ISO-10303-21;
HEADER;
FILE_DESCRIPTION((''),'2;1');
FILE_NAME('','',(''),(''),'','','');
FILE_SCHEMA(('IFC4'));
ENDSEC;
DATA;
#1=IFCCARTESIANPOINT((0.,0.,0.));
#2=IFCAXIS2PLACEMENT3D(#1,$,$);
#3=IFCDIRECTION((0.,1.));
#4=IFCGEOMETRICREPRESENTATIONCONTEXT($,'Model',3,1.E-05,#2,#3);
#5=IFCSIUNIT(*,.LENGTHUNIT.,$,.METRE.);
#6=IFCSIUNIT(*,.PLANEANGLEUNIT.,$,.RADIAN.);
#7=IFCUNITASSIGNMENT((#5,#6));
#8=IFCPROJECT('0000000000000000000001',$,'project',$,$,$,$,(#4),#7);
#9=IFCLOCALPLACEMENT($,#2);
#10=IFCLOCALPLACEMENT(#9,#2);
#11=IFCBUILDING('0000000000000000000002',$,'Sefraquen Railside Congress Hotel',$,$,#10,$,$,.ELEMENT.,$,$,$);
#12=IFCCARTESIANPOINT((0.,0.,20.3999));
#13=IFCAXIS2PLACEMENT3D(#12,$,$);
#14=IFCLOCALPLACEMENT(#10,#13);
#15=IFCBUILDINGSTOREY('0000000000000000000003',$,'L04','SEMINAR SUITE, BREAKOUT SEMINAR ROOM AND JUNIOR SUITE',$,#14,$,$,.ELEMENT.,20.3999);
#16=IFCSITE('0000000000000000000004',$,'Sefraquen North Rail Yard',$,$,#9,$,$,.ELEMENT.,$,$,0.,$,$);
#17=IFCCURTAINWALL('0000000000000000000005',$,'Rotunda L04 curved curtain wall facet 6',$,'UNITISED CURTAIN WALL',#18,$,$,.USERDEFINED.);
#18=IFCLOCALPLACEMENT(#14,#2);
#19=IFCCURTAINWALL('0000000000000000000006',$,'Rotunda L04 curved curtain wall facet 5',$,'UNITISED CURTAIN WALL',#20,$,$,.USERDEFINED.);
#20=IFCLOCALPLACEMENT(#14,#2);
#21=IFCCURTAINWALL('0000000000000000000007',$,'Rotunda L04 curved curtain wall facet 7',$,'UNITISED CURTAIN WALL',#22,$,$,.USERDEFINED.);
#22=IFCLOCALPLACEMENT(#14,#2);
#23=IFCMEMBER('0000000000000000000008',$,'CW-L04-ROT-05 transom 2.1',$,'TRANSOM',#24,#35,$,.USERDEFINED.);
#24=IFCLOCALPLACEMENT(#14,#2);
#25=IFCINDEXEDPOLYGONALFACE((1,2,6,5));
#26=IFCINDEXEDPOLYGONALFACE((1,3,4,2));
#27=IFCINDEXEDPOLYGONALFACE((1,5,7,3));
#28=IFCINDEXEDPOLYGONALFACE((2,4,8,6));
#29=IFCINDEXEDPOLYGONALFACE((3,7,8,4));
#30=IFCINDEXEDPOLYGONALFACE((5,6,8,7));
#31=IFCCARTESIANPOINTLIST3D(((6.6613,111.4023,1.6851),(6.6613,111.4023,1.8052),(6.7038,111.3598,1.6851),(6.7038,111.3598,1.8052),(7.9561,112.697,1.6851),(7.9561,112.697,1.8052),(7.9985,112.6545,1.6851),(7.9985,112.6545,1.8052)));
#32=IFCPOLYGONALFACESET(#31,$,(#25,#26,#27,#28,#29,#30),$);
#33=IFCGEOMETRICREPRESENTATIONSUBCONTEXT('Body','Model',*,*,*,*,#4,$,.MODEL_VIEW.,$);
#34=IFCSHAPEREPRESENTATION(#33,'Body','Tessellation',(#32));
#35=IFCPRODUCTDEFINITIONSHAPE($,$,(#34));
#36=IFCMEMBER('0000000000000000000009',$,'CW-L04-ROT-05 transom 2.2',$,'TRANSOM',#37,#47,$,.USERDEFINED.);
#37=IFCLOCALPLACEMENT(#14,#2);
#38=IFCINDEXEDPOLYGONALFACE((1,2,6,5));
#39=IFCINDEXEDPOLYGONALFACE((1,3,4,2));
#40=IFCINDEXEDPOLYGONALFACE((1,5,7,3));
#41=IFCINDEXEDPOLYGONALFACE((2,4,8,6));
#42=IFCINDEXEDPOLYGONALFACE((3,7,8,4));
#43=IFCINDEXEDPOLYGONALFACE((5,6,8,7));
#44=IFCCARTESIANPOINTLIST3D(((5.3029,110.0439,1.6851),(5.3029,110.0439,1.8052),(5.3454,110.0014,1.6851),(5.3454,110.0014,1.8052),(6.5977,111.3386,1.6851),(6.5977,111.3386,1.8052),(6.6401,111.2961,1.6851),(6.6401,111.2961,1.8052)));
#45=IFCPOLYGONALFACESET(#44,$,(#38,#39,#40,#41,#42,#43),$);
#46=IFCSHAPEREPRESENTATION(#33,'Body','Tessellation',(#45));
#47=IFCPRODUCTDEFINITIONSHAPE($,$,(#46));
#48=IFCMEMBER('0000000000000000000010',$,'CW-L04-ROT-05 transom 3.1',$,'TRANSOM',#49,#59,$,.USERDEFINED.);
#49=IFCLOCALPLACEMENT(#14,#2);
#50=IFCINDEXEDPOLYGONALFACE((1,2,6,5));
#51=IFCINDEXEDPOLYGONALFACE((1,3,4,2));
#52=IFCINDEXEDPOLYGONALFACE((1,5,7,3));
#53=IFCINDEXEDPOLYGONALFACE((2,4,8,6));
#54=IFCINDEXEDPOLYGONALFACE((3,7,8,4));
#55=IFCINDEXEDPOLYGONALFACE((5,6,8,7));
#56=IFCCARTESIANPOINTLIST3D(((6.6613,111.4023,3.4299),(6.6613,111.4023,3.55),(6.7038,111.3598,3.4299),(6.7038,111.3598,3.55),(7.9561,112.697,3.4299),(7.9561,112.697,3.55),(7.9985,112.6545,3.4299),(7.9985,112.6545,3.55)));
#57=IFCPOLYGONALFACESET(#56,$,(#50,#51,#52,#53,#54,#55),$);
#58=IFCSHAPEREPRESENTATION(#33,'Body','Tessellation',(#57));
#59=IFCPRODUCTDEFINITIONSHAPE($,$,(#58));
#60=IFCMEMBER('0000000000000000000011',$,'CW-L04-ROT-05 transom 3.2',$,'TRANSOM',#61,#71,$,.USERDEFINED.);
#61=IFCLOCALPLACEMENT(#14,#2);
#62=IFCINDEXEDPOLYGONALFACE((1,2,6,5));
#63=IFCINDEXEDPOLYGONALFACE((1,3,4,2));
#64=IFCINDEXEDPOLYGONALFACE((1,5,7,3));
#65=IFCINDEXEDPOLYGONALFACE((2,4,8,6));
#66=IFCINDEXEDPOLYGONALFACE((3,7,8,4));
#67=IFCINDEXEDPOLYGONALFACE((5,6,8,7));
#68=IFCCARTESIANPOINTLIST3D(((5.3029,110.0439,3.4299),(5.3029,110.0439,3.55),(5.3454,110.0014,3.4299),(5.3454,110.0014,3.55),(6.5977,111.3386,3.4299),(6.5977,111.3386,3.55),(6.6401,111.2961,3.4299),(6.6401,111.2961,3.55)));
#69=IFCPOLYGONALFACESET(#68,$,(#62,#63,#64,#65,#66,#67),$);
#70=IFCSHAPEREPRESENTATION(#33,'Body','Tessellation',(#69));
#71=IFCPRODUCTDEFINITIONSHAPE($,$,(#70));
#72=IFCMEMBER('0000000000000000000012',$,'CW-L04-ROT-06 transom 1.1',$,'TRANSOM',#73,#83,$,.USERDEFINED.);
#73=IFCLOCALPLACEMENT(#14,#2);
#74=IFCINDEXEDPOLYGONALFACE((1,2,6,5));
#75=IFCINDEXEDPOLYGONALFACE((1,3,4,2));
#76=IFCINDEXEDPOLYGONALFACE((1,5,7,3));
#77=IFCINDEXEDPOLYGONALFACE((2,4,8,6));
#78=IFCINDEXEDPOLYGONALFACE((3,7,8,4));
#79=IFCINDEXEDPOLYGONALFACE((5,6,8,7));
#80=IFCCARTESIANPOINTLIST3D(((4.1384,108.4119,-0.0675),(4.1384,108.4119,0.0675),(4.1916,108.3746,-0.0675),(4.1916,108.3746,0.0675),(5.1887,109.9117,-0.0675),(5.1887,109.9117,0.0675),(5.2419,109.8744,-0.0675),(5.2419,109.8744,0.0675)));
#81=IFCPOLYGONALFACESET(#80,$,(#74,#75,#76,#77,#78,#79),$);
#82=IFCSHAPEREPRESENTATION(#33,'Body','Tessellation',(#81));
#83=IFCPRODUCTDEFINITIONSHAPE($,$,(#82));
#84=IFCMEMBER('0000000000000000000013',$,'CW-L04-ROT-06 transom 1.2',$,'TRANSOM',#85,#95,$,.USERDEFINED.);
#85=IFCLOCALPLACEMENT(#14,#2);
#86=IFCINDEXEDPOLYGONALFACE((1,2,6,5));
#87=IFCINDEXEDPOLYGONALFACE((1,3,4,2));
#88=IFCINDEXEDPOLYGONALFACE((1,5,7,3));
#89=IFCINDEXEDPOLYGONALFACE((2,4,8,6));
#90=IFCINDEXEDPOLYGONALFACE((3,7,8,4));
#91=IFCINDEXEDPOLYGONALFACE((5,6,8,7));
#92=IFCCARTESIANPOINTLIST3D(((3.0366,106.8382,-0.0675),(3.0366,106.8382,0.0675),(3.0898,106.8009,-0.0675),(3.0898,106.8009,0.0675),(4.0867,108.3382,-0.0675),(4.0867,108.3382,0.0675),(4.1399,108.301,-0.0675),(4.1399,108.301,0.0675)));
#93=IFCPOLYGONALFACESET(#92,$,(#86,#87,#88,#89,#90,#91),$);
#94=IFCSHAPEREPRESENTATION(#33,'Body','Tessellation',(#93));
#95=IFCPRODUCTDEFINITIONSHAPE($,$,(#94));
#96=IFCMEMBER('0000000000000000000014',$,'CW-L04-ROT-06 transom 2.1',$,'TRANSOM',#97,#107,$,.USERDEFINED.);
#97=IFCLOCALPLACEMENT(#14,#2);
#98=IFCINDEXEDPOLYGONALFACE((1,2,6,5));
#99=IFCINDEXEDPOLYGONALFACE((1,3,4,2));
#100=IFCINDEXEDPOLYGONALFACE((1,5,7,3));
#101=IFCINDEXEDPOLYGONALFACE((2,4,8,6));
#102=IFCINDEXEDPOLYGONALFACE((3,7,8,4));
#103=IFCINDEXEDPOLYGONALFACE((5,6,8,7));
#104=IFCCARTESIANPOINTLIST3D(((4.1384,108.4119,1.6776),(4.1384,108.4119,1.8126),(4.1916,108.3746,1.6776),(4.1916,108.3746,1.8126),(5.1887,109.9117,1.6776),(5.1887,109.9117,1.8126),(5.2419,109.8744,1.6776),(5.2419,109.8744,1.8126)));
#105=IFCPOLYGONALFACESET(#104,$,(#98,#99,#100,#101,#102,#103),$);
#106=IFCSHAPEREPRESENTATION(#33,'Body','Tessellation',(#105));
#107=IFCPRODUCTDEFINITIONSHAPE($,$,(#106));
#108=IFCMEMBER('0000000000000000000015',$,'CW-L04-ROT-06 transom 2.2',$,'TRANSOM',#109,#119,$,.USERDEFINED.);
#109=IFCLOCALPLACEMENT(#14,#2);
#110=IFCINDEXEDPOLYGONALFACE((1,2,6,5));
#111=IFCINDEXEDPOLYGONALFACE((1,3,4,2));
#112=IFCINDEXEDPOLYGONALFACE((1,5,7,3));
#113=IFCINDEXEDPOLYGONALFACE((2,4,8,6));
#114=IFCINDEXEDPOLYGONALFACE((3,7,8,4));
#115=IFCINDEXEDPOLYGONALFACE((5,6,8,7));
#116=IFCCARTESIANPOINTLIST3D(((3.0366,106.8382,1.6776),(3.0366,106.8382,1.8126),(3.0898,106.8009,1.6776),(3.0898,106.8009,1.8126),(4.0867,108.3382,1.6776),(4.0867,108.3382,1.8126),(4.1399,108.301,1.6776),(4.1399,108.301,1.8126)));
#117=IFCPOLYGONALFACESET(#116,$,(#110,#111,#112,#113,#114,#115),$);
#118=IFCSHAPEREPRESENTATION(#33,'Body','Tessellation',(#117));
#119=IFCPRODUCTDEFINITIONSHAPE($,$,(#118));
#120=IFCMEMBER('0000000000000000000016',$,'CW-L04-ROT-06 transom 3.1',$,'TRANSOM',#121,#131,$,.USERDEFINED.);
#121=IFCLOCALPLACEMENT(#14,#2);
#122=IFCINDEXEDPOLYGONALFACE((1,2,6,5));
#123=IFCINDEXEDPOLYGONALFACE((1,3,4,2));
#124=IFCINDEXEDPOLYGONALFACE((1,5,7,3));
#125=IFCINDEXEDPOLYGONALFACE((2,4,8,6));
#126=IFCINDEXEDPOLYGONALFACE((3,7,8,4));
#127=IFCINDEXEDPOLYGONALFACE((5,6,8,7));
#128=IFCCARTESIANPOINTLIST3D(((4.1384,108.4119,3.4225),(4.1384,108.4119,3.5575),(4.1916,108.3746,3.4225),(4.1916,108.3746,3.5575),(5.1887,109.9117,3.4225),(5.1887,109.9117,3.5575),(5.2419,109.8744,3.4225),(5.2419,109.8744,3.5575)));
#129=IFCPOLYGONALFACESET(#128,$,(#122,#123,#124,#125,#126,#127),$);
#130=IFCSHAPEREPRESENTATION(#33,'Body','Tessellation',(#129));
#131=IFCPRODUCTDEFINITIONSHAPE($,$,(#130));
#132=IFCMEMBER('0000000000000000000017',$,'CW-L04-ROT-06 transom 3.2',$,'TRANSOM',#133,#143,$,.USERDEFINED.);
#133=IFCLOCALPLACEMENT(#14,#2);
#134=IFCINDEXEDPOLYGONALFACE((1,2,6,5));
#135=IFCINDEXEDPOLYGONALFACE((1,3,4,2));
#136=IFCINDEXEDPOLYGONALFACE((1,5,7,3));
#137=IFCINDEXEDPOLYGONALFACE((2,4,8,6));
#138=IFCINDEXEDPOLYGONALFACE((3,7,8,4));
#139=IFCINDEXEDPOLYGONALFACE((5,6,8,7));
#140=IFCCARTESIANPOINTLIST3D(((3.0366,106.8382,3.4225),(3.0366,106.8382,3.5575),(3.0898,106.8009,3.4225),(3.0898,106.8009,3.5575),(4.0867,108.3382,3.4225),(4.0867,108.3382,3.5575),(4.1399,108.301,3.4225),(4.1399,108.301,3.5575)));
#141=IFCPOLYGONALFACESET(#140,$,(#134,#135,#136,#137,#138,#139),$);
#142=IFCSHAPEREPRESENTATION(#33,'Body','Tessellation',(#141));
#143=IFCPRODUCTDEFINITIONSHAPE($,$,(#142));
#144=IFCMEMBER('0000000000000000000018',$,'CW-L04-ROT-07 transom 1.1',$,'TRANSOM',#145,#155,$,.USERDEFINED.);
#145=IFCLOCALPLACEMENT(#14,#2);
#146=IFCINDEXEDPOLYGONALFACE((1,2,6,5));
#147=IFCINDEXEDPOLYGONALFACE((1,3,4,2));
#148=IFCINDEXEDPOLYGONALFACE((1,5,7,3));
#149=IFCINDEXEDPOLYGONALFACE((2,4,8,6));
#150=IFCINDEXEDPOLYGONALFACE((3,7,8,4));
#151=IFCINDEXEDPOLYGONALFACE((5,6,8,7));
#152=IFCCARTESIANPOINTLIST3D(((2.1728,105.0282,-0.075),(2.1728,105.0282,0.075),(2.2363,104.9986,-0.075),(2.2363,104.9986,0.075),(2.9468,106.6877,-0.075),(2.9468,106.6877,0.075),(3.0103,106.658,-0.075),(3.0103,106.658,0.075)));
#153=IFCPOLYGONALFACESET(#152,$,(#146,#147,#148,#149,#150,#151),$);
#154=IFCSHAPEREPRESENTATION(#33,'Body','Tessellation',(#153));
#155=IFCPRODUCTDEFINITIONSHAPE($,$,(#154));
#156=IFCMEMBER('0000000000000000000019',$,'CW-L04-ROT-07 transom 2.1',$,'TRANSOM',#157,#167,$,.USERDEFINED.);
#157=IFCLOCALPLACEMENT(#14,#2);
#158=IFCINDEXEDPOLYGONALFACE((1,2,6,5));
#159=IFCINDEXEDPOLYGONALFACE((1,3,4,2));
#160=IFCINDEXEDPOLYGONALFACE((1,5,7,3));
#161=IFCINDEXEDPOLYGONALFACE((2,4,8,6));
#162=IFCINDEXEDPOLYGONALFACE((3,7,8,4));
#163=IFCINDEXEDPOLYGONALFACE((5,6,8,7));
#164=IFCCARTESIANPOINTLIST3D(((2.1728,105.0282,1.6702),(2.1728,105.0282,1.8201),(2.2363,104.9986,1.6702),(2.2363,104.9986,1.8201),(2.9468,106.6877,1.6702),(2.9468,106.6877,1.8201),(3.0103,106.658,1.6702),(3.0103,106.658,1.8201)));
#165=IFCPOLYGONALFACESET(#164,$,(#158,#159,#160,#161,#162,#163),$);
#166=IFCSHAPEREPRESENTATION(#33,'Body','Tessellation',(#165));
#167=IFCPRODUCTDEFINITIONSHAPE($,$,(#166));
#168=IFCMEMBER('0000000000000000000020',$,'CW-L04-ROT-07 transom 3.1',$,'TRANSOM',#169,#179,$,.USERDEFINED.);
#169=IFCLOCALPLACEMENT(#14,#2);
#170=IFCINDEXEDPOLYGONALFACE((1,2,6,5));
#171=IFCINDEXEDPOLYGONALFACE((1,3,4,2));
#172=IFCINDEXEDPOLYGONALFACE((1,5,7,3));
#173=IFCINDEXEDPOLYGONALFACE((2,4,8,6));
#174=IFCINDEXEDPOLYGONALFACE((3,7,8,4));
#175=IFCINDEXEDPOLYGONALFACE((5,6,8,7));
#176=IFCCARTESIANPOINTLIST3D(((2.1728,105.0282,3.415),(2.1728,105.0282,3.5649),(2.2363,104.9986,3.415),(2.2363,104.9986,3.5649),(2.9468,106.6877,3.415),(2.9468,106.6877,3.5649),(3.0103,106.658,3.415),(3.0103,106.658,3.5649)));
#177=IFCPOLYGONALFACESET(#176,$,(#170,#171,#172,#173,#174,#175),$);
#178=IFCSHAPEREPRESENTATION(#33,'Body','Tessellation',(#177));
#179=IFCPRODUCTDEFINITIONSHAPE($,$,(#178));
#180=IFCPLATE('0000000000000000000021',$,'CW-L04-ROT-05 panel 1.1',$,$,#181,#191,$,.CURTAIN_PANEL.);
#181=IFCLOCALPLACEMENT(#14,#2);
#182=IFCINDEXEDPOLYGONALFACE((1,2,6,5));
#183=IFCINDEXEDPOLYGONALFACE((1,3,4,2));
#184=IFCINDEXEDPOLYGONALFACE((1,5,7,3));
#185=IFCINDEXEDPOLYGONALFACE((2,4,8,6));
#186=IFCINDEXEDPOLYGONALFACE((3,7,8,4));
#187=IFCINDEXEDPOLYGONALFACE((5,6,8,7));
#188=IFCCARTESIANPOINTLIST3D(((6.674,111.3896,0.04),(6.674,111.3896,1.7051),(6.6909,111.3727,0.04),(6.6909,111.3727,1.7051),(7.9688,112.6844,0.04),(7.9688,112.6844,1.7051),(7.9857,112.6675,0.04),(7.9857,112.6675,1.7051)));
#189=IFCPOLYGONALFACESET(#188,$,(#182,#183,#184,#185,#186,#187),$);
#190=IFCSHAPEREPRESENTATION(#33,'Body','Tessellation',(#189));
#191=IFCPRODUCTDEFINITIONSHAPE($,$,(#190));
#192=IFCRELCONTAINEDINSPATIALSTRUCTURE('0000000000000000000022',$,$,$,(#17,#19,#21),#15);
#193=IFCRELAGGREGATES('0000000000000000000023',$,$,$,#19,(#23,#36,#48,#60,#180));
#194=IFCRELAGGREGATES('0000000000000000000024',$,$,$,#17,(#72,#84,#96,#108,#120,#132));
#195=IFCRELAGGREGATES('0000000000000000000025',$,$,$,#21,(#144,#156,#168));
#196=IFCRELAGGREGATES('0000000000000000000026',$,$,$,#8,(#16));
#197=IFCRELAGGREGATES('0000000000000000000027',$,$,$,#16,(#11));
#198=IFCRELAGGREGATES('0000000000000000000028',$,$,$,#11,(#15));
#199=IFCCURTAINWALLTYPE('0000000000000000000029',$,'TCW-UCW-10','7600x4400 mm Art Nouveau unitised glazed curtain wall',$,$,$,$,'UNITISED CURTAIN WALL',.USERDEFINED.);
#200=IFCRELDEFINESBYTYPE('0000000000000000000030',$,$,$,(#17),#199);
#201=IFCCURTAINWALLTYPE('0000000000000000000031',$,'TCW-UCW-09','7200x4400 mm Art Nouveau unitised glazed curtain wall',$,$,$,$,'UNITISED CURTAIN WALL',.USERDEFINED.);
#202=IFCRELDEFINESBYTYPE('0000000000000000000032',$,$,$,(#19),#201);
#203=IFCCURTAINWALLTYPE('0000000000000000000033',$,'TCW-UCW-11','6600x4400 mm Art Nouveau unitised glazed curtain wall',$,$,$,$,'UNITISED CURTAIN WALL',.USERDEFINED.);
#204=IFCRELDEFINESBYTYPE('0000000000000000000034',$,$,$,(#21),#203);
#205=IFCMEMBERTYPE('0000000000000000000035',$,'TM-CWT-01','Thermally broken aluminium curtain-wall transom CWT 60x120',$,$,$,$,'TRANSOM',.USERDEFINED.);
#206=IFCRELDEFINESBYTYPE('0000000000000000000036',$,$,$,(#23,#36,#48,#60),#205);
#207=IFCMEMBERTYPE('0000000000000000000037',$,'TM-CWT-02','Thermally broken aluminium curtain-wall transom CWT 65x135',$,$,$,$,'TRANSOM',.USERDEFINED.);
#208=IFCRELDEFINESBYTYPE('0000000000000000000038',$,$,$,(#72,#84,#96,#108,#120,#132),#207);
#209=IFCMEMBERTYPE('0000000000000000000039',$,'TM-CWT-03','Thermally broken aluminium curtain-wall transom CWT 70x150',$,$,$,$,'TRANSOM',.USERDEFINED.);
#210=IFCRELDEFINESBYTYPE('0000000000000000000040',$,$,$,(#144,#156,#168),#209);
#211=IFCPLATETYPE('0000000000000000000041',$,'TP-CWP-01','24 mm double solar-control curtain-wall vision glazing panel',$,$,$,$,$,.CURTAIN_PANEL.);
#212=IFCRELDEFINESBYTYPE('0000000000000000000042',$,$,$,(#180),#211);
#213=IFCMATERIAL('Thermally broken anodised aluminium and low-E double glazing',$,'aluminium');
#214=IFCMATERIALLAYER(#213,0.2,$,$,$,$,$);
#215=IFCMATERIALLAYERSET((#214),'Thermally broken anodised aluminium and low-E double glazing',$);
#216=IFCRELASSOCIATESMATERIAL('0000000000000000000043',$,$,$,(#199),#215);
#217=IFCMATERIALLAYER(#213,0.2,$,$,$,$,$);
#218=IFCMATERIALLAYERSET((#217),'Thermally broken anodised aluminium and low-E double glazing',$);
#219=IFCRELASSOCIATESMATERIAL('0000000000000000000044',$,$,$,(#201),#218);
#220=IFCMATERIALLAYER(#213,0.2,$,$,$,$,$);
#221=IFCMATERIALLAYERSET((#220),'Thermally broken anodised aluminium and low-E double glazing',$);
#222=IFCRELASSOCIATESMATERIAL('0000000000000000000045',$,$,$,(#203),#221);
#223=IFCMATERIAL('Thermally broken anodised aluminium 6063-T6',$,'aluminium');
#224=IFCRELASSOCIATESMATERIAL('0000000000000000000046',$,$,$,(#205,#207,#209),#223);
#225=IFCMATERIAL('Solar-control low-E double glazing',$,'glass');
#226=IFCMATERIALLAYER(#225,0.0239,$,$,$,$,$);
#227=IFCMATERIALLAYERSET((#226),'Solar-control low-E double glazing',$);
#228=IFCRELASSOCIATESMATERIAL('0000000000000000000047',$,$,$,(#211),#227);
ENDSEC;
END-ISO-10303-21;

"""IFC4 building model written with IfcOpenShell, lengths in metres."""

from ifc_helpers import new_model, si_unit, direction, frame, origin, origin_2d, place, context, subcontext, project, spatial, rectangle, extrude, material, layer, layer_set, material_profile, profile_set, type_object, element, aggregate, save


model = new_model("IFC4")

# Units and contexts
model_context = context("Model", 3, precision=1e-05, world=origin(), true_north=direction((0.0, 1.0)))
body_context = subcontext(model_context, "Body", "Model", "MODEL_VIEW")
ifc_project = project(units=[si_unit("LENGTHUNIT", "METRE"), si_unit("PLANEANGLEUNIT", "RADIAN")], contexts=[model_context])

# Site, building, storey
site_placement = place(None, origin())
site = spatial("IfcSite", under=ifc_project, at=site_placement, Name="Sefraquen North Rail Yard", CompositionType="ELEMENT", RefElevation=0.0)
building_placement = place(site_placement, origin())
building = spatial("IfcBuilding", under=site, at=building_placement, Name="Sefraquen Railside Congress Hotel", CompositionType="ELEMENT")
storey_placement = place(building_placement, frame((0.0, 0.0, 20.3999)))
storey = spatial("IfcBuildingStorey", under=building, at=storey_placement, Name="L04", Description="SEMINAR SUITE, BREAKOUT SEMINAR ROOM AND JUNIOR SUITE", CompositionType="ELEMENT", Elevation=20.3999)

# Curtain walls
ifc_material_1 = material(Name="Thermally broken anodised aluminium and low-E double glazing", Category="aluminium")
ifc_layer_1 = layer(ifc_material_1, 0.2)
ifc_layer_set_1 = layer_set([ifc_layer_1], Name="Thermally broken anodised aluminium and low-E double glazing")
curtain_wall_type_1 = type_object("IfcCurtainWallType", Name="TCW-UCW-10", Description="7600x4400 mm Art Nouveau unitised glazed curtain wall", ElementType="UNITISED CURTAIN WALL", PredefinedType="USERDEFINED", material=ifc_layer_set_1)
curtain_wall_1_placement = place(storey_placement, origin())
curtain_wall_1 = element("IfcCurtainWall", 1, at=curtain_wall_1_placement, inside=storey, type_object=curtain_wall_type_1, Name="Rotunda L04 curved curtain wall facet 6", ObjectType="UNITISED CURTAIN WALL", PredefinedType="USERDEFINED")
ifc_material_2 = material(Name="Thermally broken anodised aluminium 6063-T6", Category="aluminium")
ifc_layer_2 = layer(ifc_material_1, 0.2)
ifc_layer_set_2 = layer_set([ifc_layer_2], Name="Thermally broken anodised aluminium and low-E double glazing")
curtain_wall_type_2 = type_object("IfcCurtainWallType", Name="TCW-UCW-09", Description="7200x4400 mm Art Nouveau unitised glazed curtain wall", ElementType="UNITISED CURTAIN WALL", PredefinedType="USERDEFINED", material=ifc_layer_set_2)
curtain_wall_2_placement = place(storey_placement, origin())
curtain_wall_2 = element("IfcCurtainWall", 2, at=curtain_wall_2_placement, inside=storey, type_object=curtain_wall_type_2, Name="Rotunda L04 curved curtain wall facet 5", ObjectType="UNITISED CURTAIN WALL", PredefinedType="USERDEFINED")

# Curtain wall
ifc_layer_3 = layer(ifc_material_1, 0.2)
ifc_layer_set_3 = layer_set([ifc_layer_3], Name="Thermally broken anodised aluminium and low-E double glazing")
curtain_wall_type_3 = type_object("IfcCurtainWallType", Name="TCW-UCW-11", Description="6600x4400 mm Art Nouveau unitised glazed curtain wall", ElementType="UNITISED CURTAIN WALL", PredefinedType="USERDEFINED", material=ifc_layer_set_3)
curtain_wall_3_placement = place(storey_placement, origin())
curtain_wall_3 = element("IfcCurtainWall", 3, at=curtain_wall_3_placement, inside=storey, type_object=curtain_wall_type_3, Name="Rotunda L04 curved curtain wall facet 7", ObjectType="UNITISED CURTAIN WALL", PredefinedType="USERDEFINED")

# Members
ifc_material_profile_1 = material_profile(ifc_material_2, rectangle(XDim=0.0601, YDim=0.1201, at=origin_2d()), Name="CWT 60x120")
ifc_profile_set_1 = profile_set([ifc_material_profile_1], Name="Thermally broken anodised aluminium 6063-T6")
member_type_1 = type_object("IfcMemberType", Name="TM-CWT-01", Description="Thermally broken aluminium curtain-wall transom CWT 60x120", ElementType="TRANSOM", PredefinedType="USERDEFINED", material=ifc_profile_set_1)
member_1_placement = place(storey_placement, frame((7.9773, 112.6758, 1.7451), z_axis=(-0.707107, -0.707107, 0.0), x_axis=(0.707107, -0.707107, 0.0)))
member_1 = element("IfcMember", 4, at=member_1_placement, type_object=member_type_1, Name="CW-L04-ROT-05 transom 2.1", ObjectType="TRANSOM", PredefinedType="USERDEFINED", context=body_context, shape_type="SweptSolid", body=[
    extrude(rectangle(XDim=0.0601, YDim=0.1201, at=origin_2d()), origin(), (0.0, 0.0, 1.0), 1.8311),
])
member_2_placement = place(storey_placement, frame((6.6189, 111.3174, 1.7451), z_axis=(-0.707107, -0.707107, 0.0), x_axis=(0.707107, -0.707107, 0.0)))
member_2 = element("IfcMember", 5, at=member_2_placement, type_object=member_type_1, Name="CW-L04-ROT-05 transom 2.2", ObjectType="TRANSOM", PredefinedType="USERDEFINED", context=body_context, shape_type="SweptSolid", body=[
    extrude(rectangle(XDim=0.0601, YDim=0.1201, at=origin_2d()), origin(), (0.0, 0.0, 1.0), 1.8311),
])
member_3_placement = place(storey_placement, frame((7.9773, 112.6758, 3.49), z_axis=(-0.707107, -0.707107, 0.0), x_axis=(0.707107, -0.707107, 0.0)))
member_3 = element("IfcMember", 6, at=member_3_placement, type_object=member_type_1, Name="CW-L04-ROT-05 transom 3.1", ObjectType="TRANSOM", PredefinedType="USERDEFINED", context=body_context, shape_type="SweptSolid", body=[
    extrude(rectangle(XDim=0.0601, YDim=0.1201, at=origin_2d()), origin(), (0.0, 0.0, 1.0), 1.8311),
])
member_4_placement = place(storey_placement, frame((6.6189, 111.3174, 3.49), z_axis=(-0.707107, -0.707107, 0.0), x_axis=(0.707107, -0.707107, 0.0)))
member_4 = element("IfcMember", 7, at=member_4_placement, type_object=member_type_1, Name="CW-L04-ROT-05 transom 3.2", ObjectType="TRANSOM", PredefinedType="USERDEFINED", context=body_context, shape_type="SweptSolid", body=[
    extrude(rectangle(XDim=0.0601, YDim=0.1201, at=origin_2d()), origin(), (0.0, 0.0, 1.0), 1.8311),
])
ifc_material_profile_2 = material_profile(ifc_material_2, rectangle(XDim=0.0649, YDim=0.135, at=origin_2d()), Name="CWT 65x135")
ifc_profile_set_2 = profile_set([ifc_material_profile_2], Name="Thermally broken anodised aluminium 6063-T6")
member_type_2 = type_object("IfcMemberType", Name="TM-CWT-02", Description="Thermally broken aluminium curtain-wall transom CWT 65x135", ElementType="TRANSOM", PredefinedType="USERDEFINED", material=ifc_profile_set_2)
member_5_placement = place(storey_placement, frame((5.2153, 109.8931, 0.0), z_axis=(-0.573632, -0.819113, 0.0), x_axis=(0.819113, -0.573632, 0.0)))
member_5 = element("IfcMember", 8, at=member_5_placement, type_object=member_type_2, Name="CW-L04-ROT-06 transom 1.1", ObjectType="TRANSOM", PredefinedType="USERDEFINED", context=body_context, shape_type="SweptSolid", body=[
    extrude(rectangle(XDim=0.0649, YDim=0.135, at=origin_2d()), origin(), (0.0, 0.0, 1.0), 1.8311),
])
member_6_placement = place(storey_placement, frame((4.1133, 108.3196, 0.0), z_axis=(-0.57348, -0.819219, 0.0), x_axis=(0.819219, -0.57348, 0.0)))
member_6 = element("IfcMember", 9, at=member_6_placement, type_object=member_type_2, Name="CW-L04-ROT-06 transom 1.2", ObjectType="TRANSOM", PredefinedType="USERDEFINED", context=body_context, shape_type="SweptSolid", body=[
    extrude(rectangle(XDim=0.0649, YDim=0.135, at=origin_2d()), origin(), (0.0, 0.0, 1.0), 1.8311),
])
member_7_placement = place(storey_placement, frame((5.2153, 109.8931, 1.7451), z_axis=(-0.573632, -0.819113, 0.0), x_axis=(0.819113, -0.573632, 0.0)))
member_7 = element("IfcMember", 10, at=member_7_placement, type_object=member_type_2, Name="CW-L04-ROT-06 transom 2.1", ObjectType="TRANSOM", PredefinedType="USERDEFINED", context=body_context, shape_type="SweptSolid", body=[
    extrude(rectangle(XDim=0.0649, YDim=0.135, at=origin_2d()), origin(), (0.0, 0.0, 1.0), 1.8311),
])
member_8_placement = place(storey_placement, frame((4.1133, 108.3196, 1.7451), z_axis=(-0.57348, -0.819219, 0.0), x_axis=(0.819219, -0.57348, 0.0)))
member_8 = element("IfcMember", 11, at=member_8_placement, type_object=member_type_2, Name="CW-L04-ROT-06 transom 2.2", ObjectType="TRANSOM", PredefinedType="USERDEFINED", context=body_context, shape_type="SweptSolid", body=[
    extrude(rectangle(XDim=0.0649, YDim=0.135, at=origin_2d()), origin(), (0.0, 0.0, 1.0), 1.8311),
])
member_9_placement = place(storey_placement, frame((5.2153, 109.8931, 3.49), z_axis=(-0.573632, -0.819113, 0.0), x_axis=(0.819113, -0.573632, 0.0)))
member_9 = element("IfcMember", 12, at=member_9_placement, type_object=member_type_2, Name="CW-L04-ROT-06 transom 3.1", ObjectType="TRANSOM", PredefinedType="USERDEFINED", context=body_context, shape_type="SweptSolid", body=[
    extrude(rectangle(XDim=0.0649, YDim=0.135, at=origin_2d()), origin(), (0.0, 0.0, 1.0), 1.8311),
])
member_10_placement = place(storey_placement, frame((4.1133, 108.3196, 3.49), z_axis=(-0.57348, -0.819219, 0.0), x_axis=(0.819219, -0.57348, 0.0)))
member_10 = element("IfcMember", 13, at=member_10_placement, type_object=member_type_2, Name="CW-L04-ROT-06 transom 3.2", ObjectType="TRANSOM", PredefinedType="USERDEFINED", context=body_context, shape_type="SweptSolid", body=[
    extrude(rectangle(XDim=0.0649, YDim=0.135, at=origin_2d()), origin(), (0.0, 0.0, 1.0), 1.8311),
])
ifc_material_profile_3 = material_profile(ifc_material_2, rectangle(XDim=0.0701, YDim=0.1499, at=origin_2d()), Name="CWT 70x150")
ifc_profile_set_3 = profile_set([ifc_material_profile_3], Name="Thermally broken anodised aluminium 6063-T6")
member_type_3 = type_object("IfcMemberType", Name="TM-CWT-03", Description="Thermally broken aluminium curtain-wall transom CWT 70x150", ElementType="TRANSOM", PredefinedType="USERDEFINED", material=ifc_profile_set_3)
member_11_placement = place(storey_placement, frame((2.9785, 106.6729, 0.0), z_axis=(-0.422674, -0.906282, 0.0), x_axis=(0.906282, -0.422674, 0.0)))
member_11 = element("IfcMember", 14, at=member_11_placement, type_object=member_type_3, Name="CW-L04-ROT-07 transom 1.1", ObjectType="TRANSOM", PredefinedType="USERDEFINED", context=body_context, shape_type="SweptSolid", body=[
    extrude(rectangle(XDim=0.0701, YDim=0.1499, at=origin_2d()), origin(), (0.0, 0.0, 1.0), 1.8311),
])
member_12_placement = place(storey_placement, frame((2.9785, 106.6729, 1.7451), z_axis=(-0.422674, -0.906282, 0.0), x_axis=(0.906282, -0.422674, 0.0)))
member_12 = element("IfcMember", 15, at=member_12_placement, type_object=member_type_3, Name="CW-L04-ROT-07 transom 2.1", ObjectType="TRANSOM", PredefinedType="USERDEFINED", context=body_context, shape_type="SweptSolid", body=[
    extrude(rectangle(XDim=0.0701, YDim=0.1499, at=origin_2d()), origin(), (0.0, 0.0, 1.0), 1.8311),
])
member_13_placement = place(storey_placement, frame((2.9785, 106.6729, 3.49), z_axis=(-0.422674, -0.906282, 0.0), x_axis=(0.906282, -0.422674, 0.0)))
member_13 = element("IfcMember", 16, at=member_13_placement, type_object=member_type_3, Name="CW-L04-ROT-07 transom 3.1", ObjectType="TRANSOM", PredefinedType="USERDEFINED", context=body_context, shape_type="SweptSolid", body=[
    extrude(rectangle(XDim=0.0701, YDim=0.1499, at=origin_2d()), origin(), (0.0, 0.0, 1.0), 1.8311),
])

# Plate
ifc_material_3 = material(Name="Solar-control low-E double glazing", Category="glass")
ifc_layer_4 = layer(ifc_material_3, 0.0239)
ifc_layer_set_4 = layer_set([ifc_layer_4], Name="Solar-control low-E double glazing")
plate_type_1 = type_object("IfcPlateType", Name="TP-CWP-01", Description="24 mm double solar-control curtain-wall vision glazing panel", PredefinedType="CURTAIN_PANEL", material=ifc_layer_set_4)
plate_1_placement = place(storey_placement, frame((7.3298, 112.0286, 0.04), z_axis=(0.0, 0.0, 1.0), x_axis=(-0.707107, -0.707107, 0.0)))
plate_1 = element("IfcPlate", 17, at=plate_1_placement, type_object=plate_type_1, Name="CW-L04-ROT-05 panel 1.1", PredefinedType="CURTAIN_PANEL", context=body_context, shape_type="SweptSolid", body=[
    extrude(rectangle(XDim=1.8311, YDim=0.0239, at=origin_2d()), origin(), (0.0, 0.0, 1.0), 1.665),
])
aggregate(curtain_wall_2, [member_1, member_2, member_3, member_4, plate_1])
aggregate(curtain_wall_1, [member_5, member_6, member_7, member_8, member_9, member_10])
aggregate(curtain_wall_3, [member_11, member_12, member_13])

save(model, "model.ifc")
